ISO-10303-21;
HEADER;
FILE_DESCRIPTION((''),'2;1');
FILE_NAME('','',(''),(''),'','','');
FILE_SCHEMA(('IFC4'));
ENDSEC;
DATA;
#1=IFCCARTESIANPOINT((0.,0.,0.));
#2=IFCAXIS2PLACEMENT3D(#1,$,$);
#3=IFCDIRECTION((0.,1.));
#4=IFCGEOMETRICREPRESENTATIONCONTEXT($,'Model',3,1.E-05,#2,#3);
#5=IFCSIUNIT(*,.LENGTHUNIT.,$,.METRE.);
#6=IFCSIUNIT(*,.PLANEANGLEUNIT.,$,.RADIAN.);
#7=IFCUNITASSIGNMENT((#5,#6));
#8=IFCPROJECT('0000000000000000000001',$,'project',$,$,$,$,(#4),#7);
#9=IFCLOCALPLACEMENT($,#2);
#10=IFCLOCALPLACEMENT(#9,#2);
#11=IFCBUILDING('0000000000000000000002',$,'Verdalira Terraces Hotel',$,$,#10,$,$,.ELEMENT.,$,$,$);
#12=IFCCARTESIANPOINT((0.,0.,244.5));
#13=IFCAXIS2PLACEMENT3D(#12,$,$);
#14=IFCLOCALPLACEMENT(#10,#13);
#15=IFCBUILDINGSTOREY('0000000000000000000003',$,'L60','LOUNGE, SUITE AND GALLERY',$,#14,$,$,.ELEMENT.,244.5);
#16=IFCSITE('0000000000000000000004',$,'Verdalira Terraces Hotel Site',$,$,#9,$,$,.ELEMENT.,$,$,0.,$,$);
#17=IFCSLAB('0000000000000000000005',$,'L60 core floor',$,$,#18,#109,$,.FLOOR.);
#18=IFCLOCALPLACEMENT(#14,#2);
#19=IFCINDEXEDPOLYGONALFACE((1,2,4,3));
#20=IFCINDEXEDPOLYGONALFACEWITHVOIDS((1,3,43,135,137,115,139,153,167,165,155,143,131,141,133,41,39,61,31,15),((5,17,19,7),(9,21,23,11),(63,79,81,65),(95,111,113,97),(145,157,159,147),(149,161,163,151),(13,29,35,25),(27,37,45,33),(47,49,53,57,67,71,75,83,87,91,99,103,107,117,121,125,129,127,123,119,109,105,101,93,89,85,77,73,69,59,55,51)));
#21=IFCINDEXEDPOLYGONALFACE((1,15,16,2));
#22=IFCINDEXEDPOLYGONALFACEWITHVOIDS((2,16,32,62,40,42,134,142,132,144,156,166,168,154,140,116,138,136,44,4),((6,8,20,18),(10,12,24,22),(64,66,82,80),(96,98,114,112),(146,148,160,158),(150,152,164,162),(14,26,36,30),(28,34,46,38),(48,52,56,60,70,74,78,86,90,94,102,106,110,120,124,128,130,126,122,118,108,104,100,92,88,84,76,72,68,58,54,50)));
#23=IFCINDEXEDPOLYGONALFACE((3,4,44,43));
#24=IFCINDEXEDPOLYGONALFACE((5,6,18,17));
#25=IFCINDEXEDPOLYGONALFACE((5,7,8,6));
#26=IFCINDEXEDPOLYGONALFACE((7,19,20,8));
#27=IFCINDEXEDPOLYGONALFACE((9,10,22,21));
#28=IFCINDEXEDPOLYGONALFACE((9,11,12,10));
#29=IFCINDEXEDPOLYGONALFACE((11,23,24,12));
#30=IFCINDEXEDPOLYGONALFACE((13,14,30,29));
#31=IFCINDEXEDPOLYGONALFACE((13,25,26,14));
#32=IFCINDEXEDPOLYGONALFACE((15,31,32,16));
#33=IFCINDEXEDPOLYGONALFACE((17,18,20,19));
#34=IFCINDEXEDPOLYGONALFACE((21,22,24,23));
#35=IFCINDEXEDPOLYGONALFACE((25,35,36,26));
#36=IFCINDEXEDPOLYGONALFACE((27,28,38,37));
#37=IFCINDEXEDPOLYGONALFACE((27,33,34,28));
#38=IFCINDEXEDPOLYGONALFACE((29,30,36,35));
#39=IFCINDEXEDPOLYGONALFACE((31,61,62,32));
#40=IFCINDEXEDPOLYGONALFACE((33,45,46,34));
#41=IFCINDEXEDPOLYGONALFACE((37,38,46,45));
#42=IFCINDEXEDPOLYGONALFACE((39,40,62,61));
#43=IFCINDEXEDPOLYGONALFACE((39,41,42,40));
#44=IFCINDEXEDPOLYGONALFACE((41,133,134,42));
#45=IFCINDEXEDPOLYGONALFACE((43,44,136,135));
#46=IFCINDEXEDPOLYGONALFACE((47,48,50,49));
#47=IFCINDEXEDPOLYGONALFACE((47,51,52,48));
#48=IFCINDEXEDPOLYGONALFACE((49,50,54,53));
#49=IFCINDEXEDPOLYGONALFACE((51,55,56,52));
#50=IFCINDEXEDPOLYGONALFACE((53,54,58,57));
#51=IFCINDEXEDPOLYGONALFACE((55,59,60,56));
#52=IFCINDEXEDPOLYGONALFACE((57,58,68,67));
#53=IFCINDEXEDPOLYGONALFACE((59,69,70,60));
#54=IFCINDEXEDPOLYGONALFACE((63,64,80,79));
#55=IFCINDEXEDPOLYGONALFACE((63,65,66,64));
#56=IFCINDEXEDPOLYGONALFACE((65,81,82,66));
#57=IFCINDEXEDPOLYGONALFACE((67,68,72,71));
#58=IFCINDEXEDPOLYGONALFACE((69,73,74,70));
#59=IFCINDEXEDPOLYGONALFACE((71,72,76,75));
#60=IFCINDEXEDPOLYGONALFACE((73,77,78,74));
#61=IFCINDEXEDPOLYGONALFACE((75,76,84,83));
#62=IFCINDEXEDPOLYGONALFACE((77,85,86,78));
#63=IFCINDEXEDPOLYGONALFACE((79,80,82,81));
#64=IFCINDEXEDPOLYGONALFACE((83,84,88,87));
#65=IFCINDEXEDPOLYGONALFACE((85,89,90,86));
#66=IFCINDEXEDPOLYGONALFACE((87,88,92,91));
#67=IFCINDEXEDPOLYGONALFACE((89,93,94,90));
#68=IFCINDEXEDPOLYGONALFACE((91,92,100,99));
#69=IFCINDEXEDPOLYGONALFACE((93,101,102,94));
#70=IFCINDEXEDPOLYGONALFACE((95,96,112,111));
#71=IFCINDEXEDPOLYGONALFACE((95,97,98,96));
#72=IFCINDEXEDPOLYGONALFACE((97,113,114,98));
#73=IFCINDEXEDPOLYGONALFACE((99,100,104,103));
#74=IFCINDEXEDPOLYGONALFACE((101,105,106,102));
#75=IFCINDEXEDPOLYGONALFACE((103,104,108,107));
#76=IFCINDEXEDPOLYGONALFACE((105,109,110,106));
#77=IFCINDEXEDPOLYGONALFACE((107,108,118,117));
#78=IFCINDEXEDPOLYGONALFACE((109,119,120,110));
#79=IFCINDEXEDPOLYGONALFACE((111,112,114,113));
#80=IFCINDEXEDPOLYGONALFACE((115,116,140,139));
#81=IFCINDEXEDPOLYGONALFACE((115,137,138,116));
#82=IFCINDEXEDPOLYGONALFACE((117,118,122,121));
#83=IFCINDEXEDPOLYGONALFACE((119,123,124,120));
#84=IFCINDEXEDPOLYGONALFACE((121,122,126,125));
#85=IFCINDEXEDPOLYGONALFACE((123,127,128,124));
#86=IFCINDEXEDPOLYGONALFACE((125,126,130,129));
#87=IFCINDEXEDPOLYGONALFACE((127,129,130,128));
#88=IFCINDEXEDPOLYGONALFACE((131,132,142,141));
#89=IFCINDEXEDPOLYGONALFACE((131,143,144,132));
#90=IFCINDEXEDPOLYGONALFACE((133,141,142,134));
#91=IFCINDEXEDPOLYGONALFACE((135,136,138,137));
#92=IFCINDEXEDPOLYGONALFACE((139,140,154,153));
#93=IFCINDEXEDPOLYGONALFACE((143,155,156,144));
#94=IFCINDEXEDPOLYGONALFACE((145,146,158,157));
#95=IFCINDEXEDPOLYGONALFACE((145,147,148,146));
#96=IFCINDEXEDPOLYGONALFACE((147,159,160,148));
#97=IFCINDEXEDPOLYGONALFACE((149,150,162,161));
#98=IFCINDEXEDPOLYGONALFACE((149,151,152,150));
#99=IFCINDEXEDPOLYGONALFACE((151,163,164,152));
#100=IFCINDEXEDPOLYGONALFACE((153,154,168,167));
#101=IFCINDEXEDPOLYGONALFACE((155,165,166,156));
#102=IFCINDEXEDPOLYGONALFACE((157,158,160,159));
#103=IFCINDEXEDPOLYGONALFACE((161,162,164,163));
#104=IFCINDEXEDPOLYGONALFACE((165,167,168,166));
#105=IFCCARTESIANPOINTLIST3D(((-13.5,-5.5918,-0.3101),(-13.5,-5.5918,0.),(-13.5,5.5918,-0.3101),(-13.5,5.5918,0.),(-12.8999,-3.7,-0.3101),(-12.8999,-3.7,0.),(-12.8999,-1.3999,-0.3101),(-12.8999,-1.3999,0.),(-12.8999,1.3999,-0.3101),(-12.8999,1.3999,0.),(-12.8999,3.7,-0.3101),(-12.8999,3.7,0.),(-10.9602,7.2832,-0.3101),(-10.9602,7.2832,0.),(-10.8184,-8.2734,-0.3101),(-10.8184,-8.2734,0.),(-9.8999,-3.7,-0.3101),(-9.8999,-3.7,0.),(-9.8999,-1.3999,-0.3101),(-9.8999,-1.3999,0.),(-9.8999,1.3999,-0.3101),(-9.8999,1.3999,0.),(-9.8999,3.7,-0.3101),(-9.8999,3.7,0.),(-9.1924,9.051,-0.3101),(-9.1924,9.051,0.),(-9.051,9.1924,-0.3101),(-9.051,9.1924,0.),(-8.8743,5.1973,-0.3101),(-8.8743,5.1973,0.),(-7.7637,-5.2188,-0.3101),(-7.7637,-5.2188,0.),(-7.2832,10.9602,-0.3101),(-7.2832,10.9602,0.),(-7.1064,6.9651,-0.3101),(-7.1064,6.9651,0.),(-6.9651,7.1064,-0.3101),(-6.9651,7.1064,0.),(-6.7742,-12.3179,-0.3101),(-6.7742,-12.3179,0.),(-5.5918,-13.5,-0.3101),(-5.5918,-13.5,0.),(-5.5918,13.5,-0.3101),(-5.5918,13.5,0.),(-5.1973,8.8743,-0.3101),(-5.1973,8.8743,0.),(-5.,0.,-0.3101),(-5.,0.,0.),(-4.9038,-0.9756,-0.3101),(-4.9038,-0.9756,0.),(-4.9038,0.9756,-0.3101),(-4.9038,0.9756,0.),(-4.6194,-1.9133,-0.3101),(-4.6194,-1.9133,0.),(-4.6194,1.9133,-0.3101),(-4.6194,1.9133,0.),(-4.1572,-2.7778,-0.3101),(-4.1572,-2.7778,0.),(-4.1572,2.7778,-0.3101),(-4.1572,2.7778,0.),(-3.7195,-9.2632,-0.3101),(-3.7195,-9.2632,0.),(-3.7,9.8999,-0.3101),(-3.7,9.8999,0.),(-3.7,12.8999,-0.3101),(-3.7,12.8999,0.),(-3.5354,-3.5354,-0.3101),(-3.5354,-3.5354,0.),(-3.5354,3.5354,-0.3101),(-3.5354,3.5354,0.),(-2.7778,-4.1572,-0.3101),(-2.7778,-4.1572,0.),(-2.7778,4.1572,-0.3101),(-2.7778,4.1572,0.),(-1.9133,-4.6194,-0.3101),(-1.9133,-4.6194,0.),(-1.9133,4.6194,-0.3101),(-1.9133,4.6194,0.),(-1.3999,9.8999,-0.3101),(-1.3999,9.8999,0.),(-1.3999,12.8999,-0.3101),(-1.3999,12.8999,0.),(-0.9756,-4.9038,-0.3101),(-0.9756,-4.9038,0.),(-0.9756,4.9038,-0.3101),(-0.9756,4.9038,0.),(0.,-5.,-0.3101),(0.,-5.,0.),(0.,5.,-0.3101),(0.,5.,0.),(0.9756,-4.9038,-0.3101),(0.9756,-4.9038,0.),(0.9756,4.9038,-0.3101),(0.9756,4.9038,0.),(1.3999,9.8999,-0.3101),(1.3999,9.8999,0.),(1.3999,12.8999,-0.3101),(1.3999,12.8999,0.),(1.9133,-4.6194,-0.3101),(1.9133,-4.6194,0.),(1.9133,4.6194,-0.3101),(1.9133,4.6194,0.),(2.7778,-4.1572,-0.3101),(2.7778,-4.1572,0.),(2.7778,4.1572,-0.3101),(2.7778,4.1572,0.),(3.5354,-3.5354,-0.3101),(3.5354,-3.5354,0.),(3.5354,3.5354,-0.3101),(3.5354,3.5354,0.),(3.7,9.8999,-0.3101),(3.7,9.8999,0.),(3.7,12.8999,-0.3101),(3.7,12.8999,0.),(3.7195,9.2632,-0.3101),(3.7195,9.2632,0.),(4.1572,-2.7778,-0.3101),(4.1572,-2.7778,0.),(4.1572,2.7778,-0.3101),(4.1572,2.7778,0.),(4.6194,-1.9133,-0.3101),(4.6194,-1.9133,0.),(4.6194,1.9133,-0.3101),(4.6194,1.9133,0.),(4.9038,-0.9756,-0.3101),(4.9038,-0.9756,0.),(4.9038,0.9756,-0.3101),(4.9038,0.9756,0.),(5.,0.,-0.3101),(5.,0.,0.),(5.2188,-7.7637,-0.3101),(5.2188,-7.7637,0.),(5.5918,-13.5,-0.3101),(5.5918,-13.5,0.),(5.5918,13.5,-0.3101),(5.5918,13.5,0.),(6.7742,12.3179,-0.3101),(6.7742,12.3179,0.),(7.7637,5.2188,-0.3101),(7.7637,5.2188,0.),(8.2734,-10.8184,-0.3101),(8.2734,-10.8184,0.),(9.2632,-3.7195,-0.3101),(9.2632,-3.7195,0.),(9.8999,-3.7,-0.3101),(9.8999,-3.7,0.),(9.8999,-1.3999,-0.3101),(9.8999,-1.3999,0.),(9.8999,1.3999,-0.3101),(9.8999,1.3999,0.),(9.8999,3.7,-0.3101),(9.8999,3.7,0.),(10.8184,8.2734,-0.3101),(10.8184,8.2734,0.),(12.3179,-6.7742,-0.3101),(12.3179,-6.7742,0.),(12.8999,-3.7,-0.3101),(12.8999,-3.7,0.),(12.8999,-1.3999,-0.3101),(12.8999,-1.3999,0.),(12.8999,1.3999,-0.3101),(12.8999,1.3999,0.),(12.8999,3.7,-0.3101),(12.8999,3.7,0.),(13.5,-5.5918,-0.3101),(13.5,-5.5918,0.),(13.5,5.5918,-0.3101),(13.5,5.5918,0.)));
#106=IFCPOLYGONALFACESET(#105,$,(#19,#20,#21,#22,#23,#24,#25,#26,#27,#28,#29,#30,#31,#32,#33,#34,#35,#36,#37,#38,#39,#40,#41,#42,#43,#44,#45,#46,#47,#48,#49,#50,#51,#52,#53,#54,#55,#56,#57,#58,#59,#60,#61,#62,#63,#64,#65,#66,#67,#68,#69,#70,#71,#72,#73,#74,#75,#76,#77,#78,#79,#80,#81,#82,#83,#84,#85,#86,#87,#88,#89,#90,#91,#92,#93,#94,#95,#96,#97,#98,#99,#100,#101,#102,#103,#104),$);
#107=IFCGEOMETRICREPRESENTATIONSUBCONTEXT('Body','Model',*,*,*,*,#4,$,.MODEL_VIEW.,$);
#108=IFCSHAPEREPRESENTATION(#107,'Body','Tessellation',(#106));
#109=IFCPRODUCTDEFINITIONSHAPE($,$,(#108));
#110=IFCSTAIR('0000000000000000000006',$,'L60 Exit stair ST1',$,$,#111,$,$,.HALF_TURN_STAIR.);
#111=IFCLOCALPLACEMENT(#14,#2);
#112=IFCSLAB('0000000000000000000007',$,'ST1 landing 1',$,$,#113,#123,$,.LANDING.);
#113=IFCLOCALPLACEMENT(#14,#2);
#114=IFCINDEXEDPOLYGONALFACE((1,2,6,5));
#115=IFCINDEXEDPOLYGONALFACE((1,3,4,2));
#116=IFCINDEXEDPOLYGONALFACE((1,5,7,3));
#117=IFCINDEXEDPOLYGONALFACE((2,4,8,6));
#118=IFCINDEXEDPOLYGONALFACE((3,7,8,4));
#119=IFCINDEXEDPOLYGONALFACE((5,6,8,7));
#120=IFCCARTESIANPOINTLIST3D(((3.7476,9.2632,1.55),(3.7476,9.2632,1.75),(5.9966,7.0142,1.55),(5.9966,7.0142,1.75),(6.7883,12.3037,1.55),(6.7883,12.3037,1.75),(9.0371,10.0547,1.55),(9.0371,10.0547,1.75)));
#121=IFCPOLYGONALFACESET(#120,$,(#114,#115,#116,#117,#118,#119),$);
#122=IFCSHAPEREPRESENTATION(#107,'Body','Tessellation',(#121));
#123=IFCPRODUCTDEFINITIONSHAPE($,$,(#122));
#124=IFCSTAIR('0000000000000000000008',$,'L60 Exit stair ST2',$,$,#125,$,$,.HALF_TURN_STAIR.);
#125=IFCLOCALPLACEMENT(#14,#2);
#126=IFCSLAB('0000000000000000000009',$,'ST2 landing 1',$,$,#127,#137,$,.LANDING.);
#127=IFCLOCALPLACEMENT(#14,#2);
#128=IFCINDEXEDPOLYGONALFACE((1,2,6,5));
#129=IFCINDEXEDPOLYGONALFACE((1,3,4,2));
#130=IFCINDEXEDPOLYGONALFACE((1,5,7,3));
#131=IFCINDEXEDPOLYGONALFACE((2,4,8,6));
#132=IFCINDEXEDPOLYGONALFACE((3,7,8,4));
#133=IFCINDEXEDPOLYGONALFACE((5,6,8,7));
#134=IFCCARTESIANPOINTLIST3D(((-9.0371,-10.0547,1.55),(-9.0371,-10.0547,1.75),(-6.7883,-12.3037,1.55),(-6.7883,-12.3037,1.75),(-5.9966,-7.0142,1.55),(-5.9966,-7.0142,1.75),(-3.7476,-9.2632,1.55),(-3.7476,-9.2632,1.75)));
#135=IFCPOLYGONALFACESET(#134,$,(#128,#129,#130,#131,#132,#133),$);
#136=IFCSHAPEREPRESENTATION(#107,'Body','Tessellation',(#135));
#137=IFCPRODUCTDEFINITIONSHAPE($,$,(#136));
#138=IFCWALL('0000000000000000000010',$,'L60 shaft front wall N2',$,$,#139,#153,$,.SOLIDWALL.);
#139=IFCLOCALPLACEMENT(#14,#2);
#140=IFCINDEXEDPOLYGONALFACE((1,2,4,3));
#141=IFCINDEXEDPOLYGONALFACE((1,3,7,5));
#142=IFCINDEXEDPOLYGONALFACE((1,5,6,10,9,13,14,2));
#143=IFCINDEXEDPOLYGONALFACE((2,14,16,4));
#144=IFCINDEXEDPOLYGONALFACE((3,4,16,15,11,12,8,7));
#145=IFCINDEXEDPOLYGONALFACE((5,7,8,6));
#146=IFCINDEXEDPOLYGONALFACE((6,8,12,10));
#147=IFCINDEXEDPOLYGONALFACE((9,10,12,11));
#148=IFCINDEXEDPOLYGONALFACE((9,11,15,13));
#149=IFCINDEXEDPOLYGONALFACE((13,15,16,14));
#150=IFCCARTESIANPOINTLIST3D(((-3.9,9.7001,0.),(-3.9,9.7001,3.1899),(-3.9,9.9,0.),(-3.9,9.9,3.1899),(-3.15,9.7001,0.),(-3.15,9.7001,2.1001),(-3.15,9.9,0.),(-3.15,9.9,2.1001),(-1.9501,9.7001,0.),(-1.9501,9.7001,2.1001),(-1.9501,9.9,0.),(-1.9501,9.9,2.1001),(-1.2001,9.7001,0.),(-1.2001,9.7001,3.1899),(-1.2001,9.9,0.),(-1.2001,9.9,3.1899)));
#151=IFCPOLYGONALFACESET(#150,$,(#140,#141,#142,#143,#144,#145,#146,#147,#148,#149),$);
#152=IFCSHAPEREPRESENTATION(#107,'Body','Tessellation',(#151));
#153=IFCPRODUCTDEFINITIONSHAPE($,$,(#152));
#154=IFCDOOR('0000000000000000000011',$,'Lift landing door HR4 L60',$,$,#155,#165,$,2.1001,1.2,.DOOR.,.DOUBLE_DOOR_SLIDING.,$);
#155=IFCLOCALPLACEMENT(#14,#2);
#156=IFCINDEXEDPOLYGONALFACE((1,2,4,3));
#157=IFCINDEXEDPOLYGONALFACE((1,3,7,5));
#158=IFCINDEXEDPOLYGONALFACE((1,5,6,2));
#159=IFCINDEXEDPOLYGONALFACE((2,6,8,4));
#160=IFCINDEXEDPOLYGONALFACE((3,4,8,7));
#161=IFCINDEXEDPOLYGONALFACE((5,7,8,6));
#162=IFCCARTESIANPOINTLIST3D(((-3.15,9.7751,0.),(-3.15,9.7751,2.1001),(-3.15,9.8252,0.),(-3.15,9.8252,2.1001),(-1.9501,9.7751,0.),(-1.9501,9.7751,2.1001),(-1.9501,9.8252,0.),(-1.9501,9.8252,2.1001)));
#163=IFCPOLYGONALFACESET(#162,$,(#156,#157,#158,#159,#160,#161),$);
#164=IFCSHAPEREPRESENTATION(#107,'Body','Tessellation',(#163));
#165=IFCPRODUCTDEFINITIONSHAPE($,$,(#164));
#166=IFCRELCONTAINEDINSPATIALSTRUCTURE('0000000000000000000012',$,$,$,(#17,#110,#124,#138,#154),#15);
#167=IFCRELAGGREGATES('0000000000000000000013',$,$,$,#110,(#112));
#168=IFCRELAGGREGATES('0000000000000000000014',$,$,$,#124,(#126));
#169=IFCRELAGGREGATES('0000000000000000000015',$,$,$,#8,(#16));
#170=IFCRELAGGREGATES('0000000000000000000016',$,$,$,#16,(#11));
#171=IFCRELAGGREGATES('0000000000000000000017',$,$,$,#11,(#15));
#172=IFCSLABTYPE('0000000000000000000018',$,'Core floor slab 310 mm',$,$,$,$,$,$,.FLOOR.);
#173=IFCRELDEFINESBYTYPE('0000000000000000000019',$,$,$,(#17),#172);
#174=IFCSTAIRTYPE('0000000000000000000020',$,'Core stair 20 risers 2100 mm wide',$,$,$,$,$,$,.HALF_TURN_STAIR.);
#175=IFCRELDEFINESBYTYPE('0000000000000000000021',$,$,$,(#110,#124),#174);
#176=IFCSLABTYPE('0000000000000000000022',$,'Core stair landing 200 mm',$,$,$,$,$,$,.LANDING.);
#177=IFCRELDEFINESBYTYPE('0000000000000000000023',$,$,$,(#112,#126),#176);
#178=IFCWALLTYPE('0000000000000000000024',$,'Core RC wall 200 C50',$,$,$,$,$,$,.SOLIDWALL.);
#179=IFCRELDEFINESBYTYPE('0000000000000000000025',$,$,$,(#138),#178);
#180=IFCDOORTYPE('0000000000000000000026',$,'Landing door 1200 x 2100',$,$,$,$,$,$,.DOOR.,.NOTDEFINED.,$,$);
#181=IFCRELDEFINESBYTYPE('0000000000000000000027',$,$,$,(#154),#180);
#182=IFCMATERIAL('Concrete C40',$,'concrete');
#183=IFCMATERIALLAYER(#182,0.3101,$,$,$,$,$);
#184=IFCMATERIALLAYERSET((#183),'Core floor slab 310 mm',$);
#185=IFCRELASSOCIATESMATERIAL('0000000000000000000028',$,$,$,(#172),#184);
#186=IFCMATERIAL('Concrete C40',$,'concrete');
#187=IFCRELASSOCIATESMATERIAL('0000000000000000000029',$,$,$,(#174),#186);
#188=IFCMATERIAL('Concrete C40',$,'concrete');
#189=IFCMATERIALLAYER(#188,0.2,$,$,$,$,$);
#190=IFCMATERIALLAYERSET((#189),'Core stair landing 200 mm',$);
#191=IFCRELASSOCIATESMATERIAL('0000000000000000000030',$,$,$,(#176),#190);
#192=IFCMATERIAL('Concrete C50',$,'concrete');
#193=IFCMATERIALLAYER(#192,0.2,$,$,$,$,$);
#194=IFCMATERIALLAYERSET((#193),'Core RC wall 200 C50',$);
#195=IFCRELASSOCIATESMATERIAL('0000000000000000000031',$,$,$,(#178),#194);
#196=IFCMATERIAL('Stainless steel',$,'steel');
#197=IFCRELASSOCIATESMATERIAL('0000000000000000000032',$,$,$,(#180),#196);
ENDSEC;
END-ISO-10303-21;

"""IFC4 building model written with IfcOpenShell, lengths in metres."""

from ifc_helpers import new_model, si_unit, direction, frame, frame_2d, origin, place, context, subcontext, project, spatial, polyline, rectangle, outline, extrude, material, layer, layer_set, type_object, element, fill, aggregate, save


model = new_model("IFC4")

# Units and contexts
model_context = context("Model", 3, precision=1e-05, world=origin(), true_north=direction((0.0, 1.0)))
body_context = subcontext(model_context, "Body", "Model", "MODEL_VIEW")
ifc_project = project(units=[si_unit("LENGTHUNIT", "METRE"), si_unit("PLANEANGLEUNIT", "RADIAN")], contexts=[model_context])

# Site, building, storey
site_placement = place(None, origin())
site = spatial("IfcSite", under=ifc_project, at=site_placement, Name="Verdalira Terraces Hotel Site", CompositionType="ELEMENT", RefElevation=0.0)
building_placement = place(site_placement, origin())
building = spatial("IfcBuilding", under=site, at=building_placement, Name="Verdalira Terraces Hotel", CompositionType="ELEMENT")
storey_placement = place(building_placement, frame((0.0, 0.0, 244.5)))
storey = spatial("IfcBuildingStorey", under=building, at=storey_placement, Name="L60", Description="LOUNGE, SUITE AND GALLERY", CompositionType="ELEMENT", Elevation=244.5)

# Slab
ifc_material_1 = material(Name="Concrete C40", Category="concrete")
ifc_layer_1 = layer(ifc_material_1, 0.3101)
ifc_layer_set_1 = layer_set([ifc_layer_1], Name="Core floor slab 310 mm")
slab_type_1 = type_object("IfcSlabType", Name="Core floor slab 310 mm", PredefinedType="FLOOR", material=ifc_layer_set_1)
slab_1_placement = place(storey_placement, frame((0.0, 0.0, -0.3101)))
element("IfcSlab", 1, at=slab_1_placement, inside=storey, type_object=slab_type_1, Name="L60 core floor", PredefinedType="FLOOR", context=body_context, shape_type="SweptSolid", body=[
    extrude(outline(polyline([(-6.7742, -12.3179), (-3.7195, -9.2632), (-7.7637, -5.2188), (-10.8184, -8.2734), (-13.5, -5.5918), (-13.5, 5.5918), (-5.5918, 13.5), (5.5918, 13.5), (6.7742, 12.3179), (3.7195, 9.2632), (7.7637, 5.2188), (10.8184, 8.2734), (13.5, 5.5918), (13.5, -5.5918), (12.3179, -6.7742), (9.2632, -3.7195), (5.2188, -7.7637), (8.2734, -10.8184), (5.5918, -13.5), (-5.5918, -13.5), (-6.7742, -12.3179)]), holes=[polyline([(9.8999, -1.3999), (9.8999, -3.7), (12.8999, -3.7), (12.8999, -1.3999), (9.8999, -1.3999)]), polyline([(9.8999, 3.7), (9.8999, 1.3999), (12.8999, 1.3999), (12.8999, 3.7), (9.8999, 3.7)]), polyline([(3.7, 12.8999), (1.3999, 12.8999), (1.3999, 9.8999), (3.7, 9.8999), (3.7, 12.8999)]), polyline([(-1.3999, 12.8999), (-3.7, 12.8999), (-3.7, 9.8999), (-1.3999, 9.8999), (-1.3999, 12.8999)]), polyline([(-9.8999, 1.3999), (-9.8999, 3.7), (-12.8999, 3.7), (-12.8999, 1.3999), (-9.8999, 1.3999)]), polyline([(-9.8999, -3.7), (-9.8999, -1.3999), (-12.8999, -1.3999), (-12.8999, -3.7), (-9.8999, -3.7)]), polyline([(-9.051, 9.1924), (-6.9651, 7.1064), (-5.1973, 8.8743), (-7.2832, 10.9602), (-9.051, 9.1924)]), polyline([(-9.1924, 9.051), (-10.9602, 7.2832), (-8.8743, 5.1973), (-7.1064, 6.9651), (-9.1924, 9.051)]), polyline([(3.5354, 3.5354), (2.7778, 4.1572), (1.9133, 4.6194), (0.9756, 4.9038), (0.0, 5.0), (-0.9756, 4.9038), (-1.9133, 4.6194), (-2.7778, 4.1572), (-3.5354, 3.5354), (-4.1572, 2.7778), (-4.6194, 1.9133), (-4.9038, 0.9756), (-5.0, 0.0), (-4.9038, -0.9756), (-4.6194, -1.9133), (-4.1572, -2.7778), (-3.5354, -3.5354), (-2.7778, -4.1572), (-1.9133, -4.6194), (-0.9756, -4.9038), (0.0, -5.0), (0.9756, -4.9038), (1.9133, -4.6194), (2.7778, -4.1572), (3.5354, -3.5354), (4.1572, -2.7778), (4.6194, -1.9133), (4.9038, -0.9756), (5.0, 0.0), (4.9038, 0.9756), (4.6194, 1.9133), (4.1572, 2.7778), (3.5354, 3.5354)])]), origin(), (0.0, 0.0, 1.0), 0.3101),
])

# Stairs, slabs
ifc_material_2 = material(Name="Concrete C40", Category="concrete")
stair_type = type_object("IfcStairType", Name="Core stair 20 risers 2100 mm wide", PredefinedType="HALF_TURN_STAIR", material=ifc_material_2)
stair_1_placement = place(storey_placement, origin())
stair_1 = element("IfcStair", 2, at=stair_1_placement, inside=storey, type_object=stair_type, Name="L60 Exit stair ST1", PredefinedType="HALF_TURN_STAIR")
ifc_material_3 = material(Name="Concrete C40", Category="concrete")
ifc_layer_2 = layer(ifc_material_3, 0.2)
ifc_layer_set_2 = layer_set([ifc_layer_2], Name="Core stair landing 200 mm")
slab_type_2 = type_object("IfcSlabType", Name="Core stair landing 200 mm", PredefinedType="LANDING", material=ifc_layer_set_2)
slab_2_placement = place(storey_placement, frame((0.0, 0.0, 1.55)))
slab_2 = element("IfcSlab", 3, at=slab_2_placement, type_object=slab_type_2, Name="ST1 landing 1", PredefinedType="LANDING", context=body_context, shape_type="SweptSolid", body=[
    extrude(outline(polyline([(9.0371, 10.0547), (6.7883, 12.3037), (3.7476, 9.2632), (5.9966, 7.0142), (9.0371, 10.0547)])), origin(), (0.0, 0.0, 1.0), 0.2),
])
aggregate(stair_1, [slab_2])
stair_2_placement = place(storey_placement, origin())
stair_2 = element("IfcStair", 4, at=stair_2_placement, inside=storey, type_object=stair_type, Name="L60 Exit stair ST2", PredefinedType="HALF_TURN_STAIR")
slab_3_placement = place(storey_placement, frame((0.0, 0.0, 1.55)))
slab_3 = element("IfcSlab", 5, at=slab_3_placement, type_object=slab_type_2, Name="ST2 landing 1", PredefinedType="LANDING", context=body_context, shape_type="SweptSolid", body=[
    extrude(outline(polyline([(-9.0371, -10.0547), (-6.7883, -12.3037), (-3.7476, -9.2632), (-5.9966, -7.0142), (-9.0371, -10.0547)])), origin(), (0.0, 0.0, 1.0), 0.2),
])
aggregate(stair_2, [slab_3])

# Wall, opening, door
ifc_material_4 = material(Name="Concrete C50", Category="concrete")
ifc_layer_3 = layer(ifc_material_4, 0.2)
ifc_layer_set_3 = layer_set([ifc_layer_3], Name="Core RC wall 200 C50")
wall_type_1 = type_object("IfcWallType", Name="Core RC wall 200 C50", PredefinedType="SOLIDWALL", material=ifc_layer_set_3)
wall_1_placement = place(storey_placement, frame((-1.2, 9.8, 0.0), z_axis=(0.0, 0.0, 1.0), x_axis=(-1.0, 0.0, 0.0)))
wall_1 = element("IfcWall", 6, at=wall_1_placement, inside=storey, type_object=wall_type_1, Name="L60 shaft front wall N2", PredefinedType="SOLIDWALL", context=body_context, shape_type="SweptSolid", body=[
    extrude(rectangle(XDim=2.7, YDim=0.2, at=frame_2d((1.3501, 0.0))), origin(), (0.0, 0.0, 1.0), 3.1899),
])
opening_1_placement = place(wall_1_placement, frame((0.75, 0.0, 0.0)))
opening_1 = element("IfcOpeningElement", 7, at=opening_1_placement, cuts=wall_1, PredefinedType="OPENING", context=body_context, shape_type="SweptSolid", body=[
    extrude(rectangle(XDim=1.2, YDim=2.1001, at=frame_2d((0.6001, 1.05))), frame((0.0, 0.1099, 0.0), z_axis=(0.0, -1.0, 0.0), x_axis=(1.0, 0.0, 0.0)), (0.0, 0.0, 1.0), 0.22),
])
ifc_material_5 = material(Name="Stainless steel", Category="steel")
door_type_1 = type_object("IfcDoorType", Name="Landing door 1200 x 2100", OperationType="NOTDEFINED", PredefinedType="DOOR", material=ifc_material_5)
door_1_placement = place(opening_1_placement, origin())
door_1 = element("IfcDoor", 8, at=door_1_placement, inside=storey, type_object=door_type_1, Name="Lift landing door HR4 L60", OperationType="DOUBLE_DOOR_SLIDING", OverallHeight=2.1001, OverallWidth=1.2, PredefinedType="DOOR", context=body_context, shape_type="SweptSolid", body=[
    extrude(rectangle(XDim=1.2, YDim=2.1001, at=frame_2d((0.6001, 1.05))), frame((0.0, 0.0249, 0.0), z_axis=(0.0, -1.0, 0.0), x_axis=(1.0, 0.0, 0.0)), (0.0, 0.0, 1.0), 0.05),
])
fill(opening_1, door_1)

save(model, "model.ifc")
